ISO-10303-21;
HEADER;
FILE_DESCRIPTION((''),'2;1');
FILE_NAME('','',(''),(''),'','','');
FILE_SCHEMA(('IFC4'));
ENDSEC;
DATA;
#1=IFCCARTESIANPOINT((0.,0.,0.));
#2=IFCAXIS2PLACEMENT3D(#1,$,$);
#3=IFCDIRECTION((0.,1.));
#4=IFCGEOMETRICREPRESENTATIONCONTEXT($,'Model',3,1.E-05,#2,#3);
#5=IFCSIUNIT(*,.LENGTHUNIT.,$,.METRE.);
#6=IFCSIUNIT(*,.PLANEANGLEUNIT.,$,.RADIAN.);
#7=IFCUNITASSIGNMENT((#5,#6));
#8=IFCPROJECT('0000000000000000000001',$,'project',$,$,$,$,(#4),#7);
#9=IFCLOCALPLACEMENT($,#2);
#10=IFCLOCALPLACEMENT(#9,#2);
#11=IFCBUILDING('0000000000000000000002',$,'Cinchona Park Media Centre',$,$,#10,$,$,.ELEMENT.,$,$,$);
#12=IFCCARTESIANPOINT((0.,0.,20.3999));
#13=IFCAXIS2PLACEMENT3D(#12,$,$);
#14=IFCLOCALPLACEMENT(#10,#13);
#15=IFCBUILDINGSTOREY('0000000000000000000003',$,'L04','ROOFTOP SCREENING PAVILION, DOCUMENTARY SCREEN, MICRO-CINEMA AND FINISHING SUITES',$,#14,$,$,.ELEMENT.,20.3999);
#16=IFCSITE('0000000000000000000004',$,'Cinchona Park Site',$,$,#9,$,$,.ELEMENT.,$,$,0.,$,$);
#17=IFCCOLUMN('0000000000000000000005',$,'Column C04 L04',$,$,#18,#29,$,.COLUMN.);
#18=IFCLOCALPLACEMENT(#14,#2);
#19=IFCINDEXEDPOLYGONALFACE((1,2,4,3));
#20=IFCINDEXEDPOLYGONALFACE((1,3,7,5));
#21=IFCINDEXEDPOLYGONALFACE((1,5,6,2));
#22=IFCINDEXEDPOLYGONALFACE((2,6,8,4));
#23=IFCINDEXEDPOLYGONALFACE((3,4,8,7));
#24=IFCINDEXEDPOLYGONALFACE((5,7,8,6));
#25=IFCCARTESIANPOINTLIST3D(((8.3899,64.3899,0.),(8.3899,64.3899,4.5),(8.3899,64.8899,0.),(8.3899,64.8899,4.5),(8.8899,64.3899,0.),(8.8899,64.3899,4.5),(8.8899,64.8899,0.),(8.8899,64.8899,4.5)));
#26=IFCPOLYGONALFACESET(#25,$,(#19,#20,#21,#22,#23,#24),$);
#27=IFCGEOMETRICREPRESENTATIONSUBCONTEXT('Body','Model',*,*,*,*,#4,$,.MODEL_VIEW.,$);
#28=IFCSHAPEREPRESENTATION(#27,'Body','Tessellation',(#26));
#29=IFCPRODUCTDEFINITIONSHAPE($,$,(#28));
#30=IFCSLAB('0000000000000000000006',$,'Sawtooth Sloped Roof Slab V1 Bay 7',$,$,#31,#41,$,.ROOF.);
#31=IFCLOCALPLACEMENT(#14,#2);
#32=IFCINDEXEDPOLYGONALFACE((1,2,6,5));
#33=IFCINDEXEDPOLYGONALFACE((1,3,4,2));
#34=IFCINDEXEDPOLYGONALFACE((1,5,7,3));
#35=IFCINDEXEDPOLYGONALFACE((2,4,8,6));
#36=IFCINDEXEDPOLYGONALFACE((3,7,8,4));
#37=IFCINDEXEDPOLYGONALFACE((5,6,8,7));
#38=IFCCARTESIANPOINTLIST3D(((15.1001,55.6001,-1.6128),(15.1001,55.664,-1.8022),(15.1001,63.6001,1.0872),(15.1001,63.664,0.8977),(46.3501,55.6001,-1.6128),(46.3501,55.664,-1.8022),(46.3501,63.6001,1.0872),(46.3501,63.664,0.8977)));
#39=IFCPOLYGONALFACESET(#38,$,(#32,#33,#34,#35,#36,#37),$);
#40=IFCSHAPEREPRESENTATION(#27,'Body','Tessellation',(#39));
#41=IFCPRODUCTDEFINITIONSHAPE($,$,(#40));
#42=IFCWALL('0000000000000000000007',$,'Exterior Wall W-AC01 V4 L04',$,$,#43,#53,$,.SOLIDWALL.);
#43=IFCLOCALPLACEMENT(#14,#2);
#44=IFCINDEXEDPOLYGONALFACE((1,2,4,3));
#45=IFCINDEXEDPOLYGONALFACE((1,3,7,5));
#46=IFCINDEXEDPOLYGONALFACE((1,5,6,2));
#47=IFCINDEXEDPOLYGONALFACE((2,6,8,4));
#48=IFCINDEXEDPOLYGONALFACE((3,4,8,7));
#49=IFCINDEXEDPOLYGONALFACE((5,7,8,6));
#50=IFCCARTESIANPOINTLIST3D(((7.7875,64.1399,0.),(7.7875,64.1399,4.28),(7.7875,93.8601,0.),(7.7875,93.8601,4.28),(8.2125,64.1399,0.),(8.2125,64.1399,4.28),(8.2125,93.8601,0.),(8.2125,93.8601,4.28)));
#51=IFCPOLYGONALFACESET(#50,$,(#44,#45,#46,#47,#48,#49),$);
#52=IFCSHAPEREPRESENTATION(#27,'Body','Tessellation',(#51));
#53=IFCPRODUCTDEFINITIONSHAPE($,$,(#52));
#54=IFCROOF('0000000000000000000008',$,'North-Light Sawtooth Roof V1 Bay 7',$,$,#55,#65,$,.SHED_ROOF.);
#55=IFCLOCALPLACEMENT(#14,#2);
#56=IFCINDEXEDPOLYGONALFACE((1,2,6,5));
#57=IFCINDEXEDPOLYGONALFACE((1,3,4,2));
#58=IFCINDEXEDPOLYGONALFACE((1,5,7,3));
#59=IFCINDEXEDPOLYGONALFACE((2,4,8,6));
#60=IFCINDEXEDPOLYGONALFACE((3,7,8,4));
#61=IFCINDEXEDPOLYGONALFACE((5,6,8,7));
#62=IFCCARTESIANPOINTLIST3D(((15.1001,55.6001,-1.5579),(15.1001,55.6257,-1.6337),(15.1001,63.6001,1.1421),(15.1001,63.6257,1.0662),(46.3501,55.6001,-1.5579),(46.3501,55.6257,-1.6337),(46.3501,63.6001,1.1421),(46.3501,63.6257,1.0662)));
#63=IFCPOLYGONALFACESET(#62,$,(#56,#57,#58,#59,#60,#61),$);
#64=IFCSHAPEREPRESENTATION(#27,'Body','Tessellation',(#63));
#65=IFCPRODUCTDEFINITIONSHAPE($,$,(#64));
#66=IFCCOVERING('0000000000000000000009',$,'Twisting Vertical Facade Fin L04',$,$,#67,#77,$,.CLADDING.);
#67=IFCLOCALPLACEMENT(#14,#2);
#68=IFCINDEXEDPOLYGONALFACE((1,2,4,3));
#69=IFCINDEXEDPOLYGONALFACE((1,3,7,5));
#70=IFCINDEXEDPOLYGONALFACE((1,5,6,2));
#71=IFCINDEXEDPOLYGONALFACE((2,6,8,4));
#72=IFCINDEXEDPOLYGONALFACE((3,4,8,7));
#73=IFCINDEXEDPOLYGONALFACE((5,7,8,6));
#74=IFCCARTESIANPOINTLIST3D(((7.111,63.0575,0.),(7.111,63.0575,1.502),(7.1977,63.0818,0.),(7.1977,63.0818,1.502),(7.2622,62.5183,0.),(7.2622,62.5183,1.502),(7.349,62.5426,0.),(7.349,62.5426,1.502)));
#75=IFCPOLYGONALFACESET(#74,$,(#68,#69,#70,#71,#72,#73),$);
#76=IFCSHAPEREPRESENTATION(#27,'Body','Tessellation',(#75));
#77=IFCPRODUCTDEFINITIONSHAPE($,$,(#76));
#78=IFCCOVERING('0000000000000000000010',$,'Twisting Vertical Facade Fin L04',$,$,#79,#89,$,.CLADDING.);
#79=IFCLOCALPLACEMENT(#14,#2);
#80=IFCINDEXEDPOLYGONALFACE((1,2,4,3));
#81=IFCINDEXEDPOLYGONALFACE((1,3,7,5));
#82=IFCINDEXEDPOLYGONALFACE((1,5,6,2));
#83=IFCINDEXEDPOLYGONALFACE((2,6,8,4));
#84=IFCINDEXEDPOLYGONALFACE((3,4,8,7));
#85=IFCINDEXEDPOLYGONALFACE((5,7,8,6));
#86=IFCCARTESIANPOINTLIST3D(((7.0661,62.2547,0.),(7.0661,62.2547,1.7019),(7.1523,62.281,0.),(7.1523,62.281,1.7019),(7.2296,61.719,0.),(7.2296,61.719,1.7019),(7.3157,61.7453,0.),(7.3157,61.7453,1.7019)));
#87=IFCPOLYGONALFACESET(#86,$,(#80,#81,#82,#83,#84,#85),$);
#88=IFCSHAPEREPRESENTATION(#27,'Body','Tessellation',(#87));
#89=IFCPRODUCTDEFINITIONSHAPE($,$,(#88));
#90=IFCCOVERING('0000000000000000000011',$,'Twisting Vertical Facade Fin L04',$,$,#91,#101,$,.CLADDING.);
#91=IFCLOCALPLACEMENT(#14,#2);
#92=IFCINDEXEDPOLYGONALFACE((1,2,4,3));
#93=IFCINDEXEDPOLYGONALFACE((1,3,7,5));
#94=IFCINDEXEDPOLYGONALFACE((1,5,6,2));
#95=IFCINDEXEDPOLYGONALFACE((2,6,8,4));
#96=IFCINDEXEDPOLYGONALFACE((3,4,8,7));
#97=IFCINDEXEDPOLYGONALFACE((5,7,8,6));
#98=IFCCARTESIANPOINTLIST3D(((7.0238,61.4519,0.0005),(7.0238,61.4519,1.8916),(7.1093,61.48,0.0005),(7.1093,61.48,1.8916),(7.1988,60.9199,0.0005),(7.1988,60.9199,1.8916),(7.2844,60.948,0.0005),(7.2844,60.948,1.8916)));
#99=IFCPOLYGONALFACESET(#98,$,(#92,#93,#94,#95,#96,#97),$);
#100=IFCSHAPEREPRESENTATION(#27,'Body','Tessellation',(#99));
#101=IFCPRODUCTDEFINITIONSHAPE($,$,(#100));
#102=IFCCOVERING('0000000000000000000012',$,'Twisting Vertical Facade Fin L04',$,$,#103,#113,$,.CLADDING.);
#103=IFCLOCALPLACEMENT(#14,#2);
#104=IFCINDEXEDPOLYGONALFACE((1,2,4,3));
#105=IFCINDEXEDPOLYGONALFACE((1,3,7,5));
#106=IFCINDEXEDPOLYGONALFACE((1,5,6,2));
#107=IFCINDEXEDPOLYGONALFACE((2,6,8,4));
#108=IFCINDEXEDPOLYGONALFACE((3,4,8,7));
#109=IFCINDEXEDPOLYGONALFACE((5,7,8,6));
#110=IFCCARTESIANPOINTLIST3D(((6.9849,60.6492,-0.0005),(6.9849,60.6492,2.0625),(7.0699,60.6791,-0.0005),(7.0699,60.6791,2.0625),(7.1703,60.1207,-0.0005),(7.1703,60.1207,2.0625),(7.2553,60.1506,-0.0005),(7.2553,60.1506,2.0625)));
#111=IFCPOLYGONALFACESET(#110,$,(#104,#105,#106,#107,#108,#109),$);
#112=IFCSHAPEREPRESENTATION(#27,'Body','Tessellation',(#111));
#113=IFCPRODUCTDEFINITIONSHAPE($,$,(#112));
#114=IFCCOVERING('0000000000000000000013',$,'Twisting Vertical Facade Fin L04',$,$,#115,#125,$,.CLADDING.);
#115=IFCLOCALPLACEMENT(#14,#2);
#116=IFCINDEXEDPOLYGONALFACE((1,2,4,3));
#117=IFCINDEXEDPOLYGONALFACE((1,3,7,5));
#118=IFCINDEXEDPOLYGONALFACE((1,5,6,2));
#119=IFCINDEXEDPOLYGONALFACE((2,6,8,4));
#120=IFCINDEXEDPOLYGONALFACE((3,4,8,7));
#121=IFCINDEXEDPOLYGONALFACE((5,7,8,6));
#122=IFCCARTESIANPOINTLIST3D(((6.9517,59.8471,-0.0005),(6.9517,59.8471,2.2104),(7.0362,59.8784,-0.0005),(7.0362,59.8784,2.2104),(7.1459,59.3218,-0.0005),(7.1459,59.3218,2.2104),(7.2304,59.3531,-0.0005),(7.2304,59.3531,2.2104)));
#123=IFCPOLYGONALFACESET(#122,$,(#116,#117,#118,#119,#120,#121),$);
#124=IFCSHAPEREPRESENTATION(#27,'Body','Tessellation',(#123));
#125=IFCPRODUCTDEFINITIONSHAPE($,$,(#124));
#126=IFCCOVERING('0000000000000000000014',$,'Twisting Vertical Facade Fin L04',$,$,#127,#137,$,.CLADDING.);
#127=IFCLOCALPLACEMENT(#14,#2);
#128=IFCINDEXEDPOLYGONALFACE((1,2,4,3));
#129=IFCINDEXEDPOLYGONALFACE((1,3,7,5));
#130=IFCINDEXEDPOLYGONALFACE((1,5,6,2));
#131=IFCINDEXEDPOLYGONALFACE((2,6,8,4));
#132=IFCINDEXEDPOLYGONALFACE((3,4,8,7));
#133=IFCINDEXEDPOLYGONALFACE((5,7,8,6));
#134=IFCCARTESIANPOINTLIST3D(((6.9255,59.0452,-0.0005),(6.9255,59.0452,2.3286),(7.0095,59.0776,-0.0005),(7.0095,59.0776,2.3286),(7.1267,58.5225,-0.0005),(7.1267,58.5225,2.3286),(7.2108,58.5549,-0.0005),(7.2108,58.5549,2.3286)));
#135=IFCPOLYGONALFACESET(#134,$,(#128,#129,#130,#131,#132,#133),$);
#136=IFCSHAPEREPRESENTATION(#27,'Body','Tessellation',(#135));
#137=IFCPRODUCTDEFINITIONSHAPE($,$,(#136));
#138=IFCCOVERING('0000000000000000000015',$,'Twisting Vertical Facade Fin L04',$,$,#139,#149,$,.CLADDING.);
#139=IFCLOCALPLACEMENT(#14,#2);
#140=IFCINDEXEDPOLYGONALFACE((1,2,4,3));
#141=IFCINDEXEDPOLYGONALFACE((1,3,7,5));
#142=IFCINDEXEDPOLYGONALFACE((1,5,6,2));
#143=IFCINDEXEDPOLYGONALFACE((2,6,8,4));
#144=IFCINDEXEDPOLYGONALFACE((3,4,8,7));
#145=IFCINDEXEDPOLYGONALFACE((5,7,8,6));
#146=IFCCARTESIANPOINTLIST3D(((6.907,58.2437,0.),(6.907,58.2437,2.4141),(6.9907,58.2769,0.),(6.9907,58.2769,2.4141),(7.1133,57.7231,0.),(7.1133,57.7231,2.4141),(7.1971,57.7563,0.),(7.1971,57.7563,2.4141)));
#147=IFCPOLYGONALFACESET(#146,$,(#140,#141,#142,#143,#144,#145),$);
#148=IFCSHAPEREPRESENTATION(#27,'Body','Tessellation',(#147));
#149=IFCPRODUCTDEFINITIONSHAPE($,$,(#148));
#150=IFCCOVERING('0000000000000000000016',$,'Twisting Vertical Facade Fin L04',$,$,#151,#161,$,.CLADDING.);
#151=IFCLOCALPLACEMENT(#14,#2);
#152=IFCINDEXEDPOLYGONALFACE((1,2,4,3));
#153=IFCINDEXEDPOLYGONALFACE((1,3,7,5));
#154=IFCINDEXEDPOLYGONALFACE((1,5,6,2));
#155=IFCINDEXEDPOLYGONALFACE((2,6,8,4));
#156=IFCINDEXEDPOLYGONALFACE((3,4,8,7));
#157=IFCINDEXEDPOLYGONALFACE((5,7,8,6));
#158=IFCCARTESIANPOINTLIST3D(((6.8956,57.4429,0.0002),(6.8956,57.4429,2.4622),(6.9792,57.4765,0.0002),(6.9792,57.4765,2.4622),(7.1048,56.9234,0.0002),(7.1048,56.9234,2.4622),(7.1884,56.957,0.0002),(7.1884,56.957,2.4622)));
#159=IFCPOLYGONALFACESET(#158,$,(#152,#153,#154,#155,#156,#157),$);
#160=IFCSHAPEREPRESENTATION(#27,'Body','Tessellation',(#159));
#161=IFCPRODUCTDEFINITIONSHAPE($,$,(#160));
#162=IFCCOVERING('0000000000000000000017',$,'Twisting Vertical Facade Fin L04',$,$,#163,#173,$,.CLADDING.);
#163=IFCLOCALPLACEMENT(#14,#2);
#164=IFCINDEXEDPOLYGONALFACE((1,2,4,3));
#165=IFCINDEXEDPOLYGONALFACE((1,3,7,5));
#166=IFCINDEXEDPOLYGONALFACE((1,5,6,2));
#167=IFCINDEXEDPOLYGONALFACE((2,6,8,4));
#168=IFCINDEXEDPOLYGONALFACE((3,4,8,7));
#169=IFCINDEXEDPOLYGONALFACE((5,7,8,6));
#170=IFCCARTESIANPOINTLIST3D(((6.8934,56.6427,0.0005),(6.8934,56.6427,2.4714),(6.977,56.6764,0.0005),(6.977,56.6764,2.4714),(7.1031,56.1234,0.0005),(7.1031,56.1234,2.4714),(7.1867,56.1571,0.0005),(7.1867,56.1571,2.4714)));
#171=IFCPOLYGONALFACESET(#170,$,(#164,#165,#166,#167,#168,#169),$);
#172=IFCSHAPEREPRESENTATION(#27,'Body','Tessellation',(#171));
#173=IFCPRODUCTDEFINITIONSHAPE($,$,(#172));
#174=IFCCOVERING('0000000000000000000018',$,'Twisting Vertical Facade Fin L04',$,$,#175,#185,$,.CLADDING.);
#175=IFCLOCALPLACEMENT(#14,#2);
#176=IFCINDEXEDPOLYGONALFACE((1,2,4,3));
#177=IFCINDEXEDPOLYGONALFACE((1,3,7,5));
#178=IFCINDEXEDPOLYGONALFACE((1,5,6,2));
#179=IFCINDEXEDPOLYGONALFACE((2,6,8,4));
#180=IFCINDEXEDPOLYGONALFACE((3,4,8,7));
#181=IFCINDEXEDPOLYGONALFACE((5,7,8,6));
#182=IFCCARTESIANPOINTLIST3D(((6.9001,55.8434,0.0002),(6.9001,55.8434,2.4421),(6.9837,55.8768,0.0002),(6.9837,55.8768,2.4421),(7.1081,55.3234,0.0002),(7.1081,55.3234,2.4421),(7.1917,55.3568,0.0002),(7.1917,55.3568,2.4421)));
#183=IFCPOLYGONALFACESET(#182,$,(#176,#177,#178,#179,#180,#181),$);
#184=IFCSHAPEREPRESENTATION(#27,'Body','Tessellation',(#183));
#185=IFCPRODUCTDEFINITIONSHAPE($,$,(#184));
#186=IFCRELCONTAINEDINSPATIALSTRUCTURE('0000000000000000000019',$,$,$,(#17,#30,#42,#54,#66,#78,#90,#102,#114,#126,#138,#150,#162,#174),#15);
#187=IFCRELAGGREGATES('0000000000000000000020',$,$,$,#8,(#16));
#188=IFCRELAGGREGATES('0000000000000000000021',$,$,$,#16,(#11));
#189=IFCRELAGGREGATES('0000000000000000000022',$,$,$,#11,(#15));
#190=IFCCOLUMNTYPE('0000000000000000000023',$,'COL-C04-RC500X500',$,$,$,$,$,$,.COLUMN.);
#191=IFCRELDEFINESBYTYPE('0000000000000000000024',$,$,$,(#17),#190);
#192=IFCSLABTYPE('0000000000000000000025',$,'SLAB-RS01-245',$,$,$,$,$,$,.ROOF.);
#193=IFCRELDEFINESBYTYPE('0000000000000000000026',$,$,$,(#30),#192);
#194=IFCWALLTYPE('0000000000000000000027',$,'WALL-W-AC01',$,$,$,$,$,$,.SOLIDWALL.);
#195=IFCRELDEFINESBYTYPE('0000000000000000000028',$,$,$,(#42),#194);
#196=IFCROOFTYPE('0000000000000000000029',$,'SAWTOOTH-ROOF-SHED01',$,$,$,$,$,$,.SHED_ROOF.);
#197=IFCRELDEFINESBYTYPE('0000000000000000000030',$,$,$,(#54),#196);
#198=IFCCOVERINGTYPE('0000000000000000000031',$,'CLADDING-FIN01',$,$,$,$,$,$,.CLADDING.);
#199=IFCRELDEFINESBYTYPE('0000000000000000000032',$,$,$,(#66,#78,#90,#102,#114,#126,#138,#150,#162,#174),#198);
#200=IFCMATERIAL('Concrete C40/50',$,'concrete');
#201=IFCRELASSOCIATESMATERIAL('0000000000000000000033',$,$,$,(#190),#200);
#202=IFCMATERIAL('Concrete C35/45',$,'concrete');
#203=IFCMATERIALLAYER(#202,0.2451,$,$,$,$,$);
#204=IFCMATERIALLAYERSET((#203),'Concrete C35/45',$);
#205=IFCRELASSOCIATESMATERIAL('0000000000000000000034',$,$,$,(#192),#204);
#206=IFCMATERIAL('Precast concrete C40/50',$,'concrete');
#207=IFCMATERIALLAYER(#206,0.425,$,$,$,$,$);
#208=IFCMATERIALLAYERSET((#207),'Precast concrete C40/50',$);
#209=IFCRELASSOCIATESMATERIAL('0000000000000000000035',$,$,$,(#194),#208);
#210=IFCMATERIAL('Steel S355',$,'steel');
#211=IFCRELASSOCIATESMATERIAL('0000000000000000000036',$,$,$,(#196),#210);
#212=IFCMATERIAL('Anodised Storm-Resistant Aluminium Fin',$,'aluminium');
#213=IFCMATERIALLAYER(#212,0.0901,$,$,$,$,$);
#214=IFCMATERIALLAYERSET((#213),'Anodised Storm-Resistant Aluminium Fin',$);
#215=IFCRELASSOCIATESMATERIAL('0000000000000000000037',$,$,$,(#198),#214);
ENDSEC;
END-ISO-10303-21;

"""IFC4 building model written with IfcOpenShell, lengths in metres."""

from ifc_helpers import new_model, si_unit, direction, frame, frame_2d, origin, origin_2d, place, context, subcontext, project, spatial, polyline, rectangle, outline, extrude, material, layer, layer_set, material_profile, profile_set, type_object, element, save


model = new_model("IFC4")

# Units and contexts
model_context = context("Model", 3, precision=1e-05, world=origin(), true_north=direction((0.0, 1.0)))
body_context = subcontext(model_context, "Body", "Model", "MODEL_VIEW")
ifc_project = project(units=[si_unit("LENGTHUNIT", "METRE"), si_unit("PLANEANGLEUNIT", "RADIAN")], contexts=[model_context])

# Site, building, storey
site_placement = place(None, origin())
site = spatial("IfcSite", under=ifc_project, at=site_placement, Name="Cinchona Park Site", CompositionType="ELEMENT", RefElevation=0.0)
building_placement = place(site_placement, origin())
building = spatial("IfcBuilding", under=site, at=building_placement, Name="Cinchona Park Media Centre", CompositionType="ELEMENT")
storey_placement = place(building_placement, frame((0.0, 0.0, 20.3999)))
storey = spatial("IfcBuildingStorey", under=building, at=storey_placement, Name="L04", Description="ROOFTOP SCREENING PAVILION, DOCUMENTARY SCREEN, MICRO-CINEMA AND FINISHING SUITES", CompositionType="ELEMENT", Elevation=20.3999)

# Column
ifc_material_1 = material(Name="Concrete C40/50", Category="concrete")
ifc_material_profile = material_profile(ifc_material_1, rectangle(XDim=0.5, YDim=0.5, at=origin_2d()), Name="RC 500X500")
ifc_profile_set = profile_set([ifc_material_profile], Name="Concrete C40/50")
column_type = type_object("IfcColumnType", Name="COL-C04-RC500X500", PredefinedType="COLUMN", material=ifc_profile_set)
column_placement = place(storey_placement, frame((8.6399, 64.6399, 0.0), z_axis=(0.0, 0.0, 1.0), x_axis=(1.0, 0.0, 0.0)))
element("IfcColumn", 1, at=column_placement, inside=storey, type_object=column_type, Name="Column C04 L04", PredefinedType="COLUMN", context=body_context, shape_type="SweptSolid", body=[
    extrude(rectangle(XDim=0.5, YDim=0.5, at=origin_2d()), origin(), (0.0, 0.0, 1.0), 4.5),
])

# Slab
ifc_material_2 = material(Name="Concrete C35/45", Category="concrete")
ifc_layer_1 = layer(ifc_material_2, 0.2451)
ifc_layer_set_1 = layer_set([ifc_layer_1], Name="Concrete C35/45")
slab_type = type_object("IfcSlabType", Name="SLAB-RS01-245", PredefinedType="ROOF", material=ifc_layer_set_1)
slab_placement = place(storey_placement, frame((15.1001, 55.6001, -1.6128), z_axis=(0.0, -0.319773, 0.947494), x_axis=(1.0, 0.0, 0.0)))
element("IfcSlab", 2, at=slab_placement, inside=storey, type_object=slab_type, Name="Sawtooth Sloped Roof Slab V1 Bay 7", PredefinedType="ROOF", context=body_context, shape_type="SweptSolid", body=[
    extrude(outline(polyline([(0.0, 0.0), (31.25, 0.0), (31.25, 8.4433), (0.0, 8.4433), (0.0, 0.0)])), origin(), (0.0, 0.0, -1.0), 0.2),
])

# Wall
ifc_material_3 = material(Name="Precast concrete C40/50", Category="concrete")
ifc_layer_2 = layer(ifc_material_3, 0.425)
ifc_layer_set_2 = layer_set([ifc_layer_2], Name="Precast concrete C40/50")
wall_type = type_object("IfcWallType", Name="WALL-W-AC01", PredefinedType="SOLIDWALL", material=ifc_layer_set_2)
wall_placement = place(storey_placement, frame((8.0, 64.1399, 0.0), z_axis=(0.0, 0.0, 1.0), x_axis=(0.0, 1.0, 0.0)))
element("IfcWall", 3, at=wall_placement, inside=storey, type_object=wall_type, Name="Exterior Wall W-AC01 V4 L04", PredefinedType="SOLIDWALL", context=body_context, shape_type="SweptSolid", body=[
    extrude(rectangle(XDim=29.7202, YDim=0.425, at=frame_2d((14.8601, 0.0))), origin(), (0.0, 0.0, 1.0), 4.28),
])

# Roof
ifc_material_4 = material(Name="Steel S355", Category="steel")
roof_type = type_object("IfcRoofType", Name="SAWTOOTH-ROOF-SHED01", PredefinedType="SHED_ROOF", material=ifc_material_4)
roof_placement = place(storey_placement, frame((15.1001, 55.6001, -1.5579), z_axis=(0.0, -0.319773, 0.947494), x_axis=(1.0, 0.0, 0.0)))
element("IfcRoof", 4, at=roof_placement, inside=storey, type_object=roof_type, Name="North-Light Sawtooth Roof V1 Bay 7", PredefinedType="SHED_ROOF", context=body_context, shape_type="SweptSolid", body=[
    extrude(outline(polyline([(0.0, 0.0), (31.25, 0.0), (31.25, 8.4433), (0.0, 8.4433), (0.0, 0.0)])), origin(), (0.0, 0.0, -1.0), 0.0801),
])

# Coverings
ifc_material_5 = material(Name="Anodised Storm-Resistant Aluminium Fin", Category="aluminium")
ifc_layer_3 = layer(ifc_material_5, 0.0901)
ifc_layer_set_3 = layer_set([ifc_layer_3], Name="Anodised Storm-Resistant Aluminium Fin")
covering_type_1 = type_object("IfcCoveringType", Name="CLADDING-FIN01", PredefinedType="CLADDING", material=ifc_layer_set_3)
covering_1_placement = place(storey_placement, frame((7.23, 62.8, 0.0), z_axis=(0.0, 0.0, 1.0), x_axis=(0.270096, -0.962833, 0.0)))
element("IfcCovering", 5, at=covering_1_placement, inside=storey, type_object=covering_type_1, Name="Twisting Vertical Facade Fin L04", PredefinedType="CLADDING", context=body_context, shape_type="SweptSolid", body=[
    extrude(rectangle(XDim=0.5601, YDim=0.0901, at=origin_2d()), origin(), (0.0, 0.0, 1.0), 1.502),
])
covering_2_placement = place(storey_placement, frame((7.1909, 62.0, 0.0), z_axis=(0.0, 0.0, 1.0), x_axis=(0.291871, -0.956458, 0.0)))
element("IfcCovering", 6, at=covering_2_placement, inside=storey, type_object=covering_type_1, Name="Twisting Vertical Facade Fin L04", PredefinedType="CLADDING", context=body_context, shape_type="SweptSolid", body=[
    extrude(rectangle(XDim=0.5601, YDim=0.0901, at=origin_2d()), origin(), (0.0, 0.0, 1.0), 1.7019),
])
covering_3_placement = place(storey_placement, frame((7.1541, 61.2, 0.0005), z_axis=(0.0, 0.0, 1.0), x_axis=(0.312501, -0.949918, 0.0)))
element("IfcCovering", 7, at=covering_3_placement, inside=storey, type_object=covering_type_1, Name="Twisting Vertical Facade Fin L04", PredefinedType="CLADDING", context=body_context, shape_type="SweptSolid", body=[
    extrude(rectangle(XDim=0.5601, YDim=0.0901, at=origin_2d()), origin(), (0.0, 0.0, 1.0), 1.8911),
])
covering_4_placement = place(storey_placement, frame((7.1201, 60.3999, -0.0005), z_axis=(0.0, 0.0, 1.0), x_axis=(0.331009, -0.943628, 0.0)))
element("IfcCovering", 8, at=covering_4_placement, inside=storey, type_object=covering_type_1, Name="Twisting Vertical Facade Fin L04", PredefinedType="CLADDING", context=body_context, shape_type="SweptSolid", body=[
    extrude(rectangle(XDim=0.5601, YDim=0.0901, at=origin_2d()), origin(), (0.0, 0.0, 1.0), 2.063),
])
covering_5_placement = place(storey_placement, frame((7.0911, 59.6001, -0.0005), z_axis=(0.0, 0.0, 1.0), x_axis=(0.346772, -0.937949, 0.0)))
element("IfcCovering", 9, at=covering_5_placement, inside=storey, type_object=covering_type_1, Name="Twisting Vertical Facade Fin L04", PredefinedType="CLADDING", context=body_context, shape_type="SweptSolid", body=[
    extrude(rectangle(XDim=0.5601, YDim=0.0901, at=origin_2d()), origin(), (0.0, 0.0, 1.0), 2.2109),
])
covering_6_placement = place(storey_placement, frame((7.0681, 58.8, -0.0005), z_axis=(0.0, 0.0, 1.0), x_axis=(0.359345, -0.933205, 0.0)))
element("IfcCovering", 10, at=covering_6_placement, inside=storey, type_object=covering_type_1, Name="Twisting Vertical Facade Fin L04", PredefinedType="CLADDING", context=body_context, shape_type="SweptSolid", body=[
    extrude(rectangle(XDim=0.5601, YDim=0.0901, at=origin_2d()), origin(), (0.0, 0.0, 1.0), 2.3291),
])
covering_7_placement = place(storey_placement, frame((7.052, 58.0, 0.0), z_axis=(0.0, 0.0, 1.0), x_axis=(0.368449, -0.929648, 0.0)))
element("IfcCovering", 11, at=covering_7_placement, inside=storey, type_object=covering_type_1, Name="Twisting Vertical Facade Fin L04", PredefinedType="CLADDING", context=body_context, shape_type="SweptSolid", body=[
    extrude(rectangle(XDim=0.5601, YDim=0.0901, at=origin_2d()), origin(), (0.0, 0.0, 1.0), 2.4141),
])
covering_8_placement = place(storey_placement, frame((7.042, 57.2, 0.0002), z_axis=(0.0, 0.0, 1.0), x_axis=(0.373474, -0.927641, 0.0)))
element("IfcCovering", 12, at=covering_8_placement, inside=storey, type_object=covering_type_1, Name="Twisting Vertical Facade Fin L04", PredefinedType="CLADDING", context=body_context, shape_type="SweptSolid", body=[
    extrude(rectangle(XDim=0.5601, YDim=0.0901, at=origin_2d()), origin(), (0.0, 0.0, 1.0), 2.4619),
])
covering_9_placement = place(storey_placement, frame((7.04, 56.3999, 0.0005), z_axis=(0.0, 0.0, 1.0), x_axis=(0.374445, -0.927249, 0.0)))
element("IfcCovering", 13, at=covering_9_placement, inside=storey, type_object=covering_type_1, Name="Twisting Vertical Facade Fin L04", PredefinedType="CLADDING", context=body_context, shape_type="SweptSolid", body=[
    extrude(rectangle(XDim=0.5601, YDim=0.0901, at=origin_2d()), origin(), (0.0, 0.0, 1.0), 2.4709),
])
covering_10_placement = place(storey_placement, frame((7.0459, 55.6001, 0.0002), z_axis=(0.0, 0.0, 1.0), x_axis=(0.371368, -0.928486, 0.0)))
element("IfcCovering", 14, at=covering_10_placement, inside=storey, type_object=covering_type_1, Name="Twisting Vertical Facade Fin L04", PredefinedType="CLADDING", context=body_context, shape_type="SweptSolid", body=[
    extrude(rectangle(XDim=0.5601, YDim=0.0901, at=origin_2d()), origin(), (0.0, 0.0, 1.0), 2.4419),
])

save(model, "model.ifc")
